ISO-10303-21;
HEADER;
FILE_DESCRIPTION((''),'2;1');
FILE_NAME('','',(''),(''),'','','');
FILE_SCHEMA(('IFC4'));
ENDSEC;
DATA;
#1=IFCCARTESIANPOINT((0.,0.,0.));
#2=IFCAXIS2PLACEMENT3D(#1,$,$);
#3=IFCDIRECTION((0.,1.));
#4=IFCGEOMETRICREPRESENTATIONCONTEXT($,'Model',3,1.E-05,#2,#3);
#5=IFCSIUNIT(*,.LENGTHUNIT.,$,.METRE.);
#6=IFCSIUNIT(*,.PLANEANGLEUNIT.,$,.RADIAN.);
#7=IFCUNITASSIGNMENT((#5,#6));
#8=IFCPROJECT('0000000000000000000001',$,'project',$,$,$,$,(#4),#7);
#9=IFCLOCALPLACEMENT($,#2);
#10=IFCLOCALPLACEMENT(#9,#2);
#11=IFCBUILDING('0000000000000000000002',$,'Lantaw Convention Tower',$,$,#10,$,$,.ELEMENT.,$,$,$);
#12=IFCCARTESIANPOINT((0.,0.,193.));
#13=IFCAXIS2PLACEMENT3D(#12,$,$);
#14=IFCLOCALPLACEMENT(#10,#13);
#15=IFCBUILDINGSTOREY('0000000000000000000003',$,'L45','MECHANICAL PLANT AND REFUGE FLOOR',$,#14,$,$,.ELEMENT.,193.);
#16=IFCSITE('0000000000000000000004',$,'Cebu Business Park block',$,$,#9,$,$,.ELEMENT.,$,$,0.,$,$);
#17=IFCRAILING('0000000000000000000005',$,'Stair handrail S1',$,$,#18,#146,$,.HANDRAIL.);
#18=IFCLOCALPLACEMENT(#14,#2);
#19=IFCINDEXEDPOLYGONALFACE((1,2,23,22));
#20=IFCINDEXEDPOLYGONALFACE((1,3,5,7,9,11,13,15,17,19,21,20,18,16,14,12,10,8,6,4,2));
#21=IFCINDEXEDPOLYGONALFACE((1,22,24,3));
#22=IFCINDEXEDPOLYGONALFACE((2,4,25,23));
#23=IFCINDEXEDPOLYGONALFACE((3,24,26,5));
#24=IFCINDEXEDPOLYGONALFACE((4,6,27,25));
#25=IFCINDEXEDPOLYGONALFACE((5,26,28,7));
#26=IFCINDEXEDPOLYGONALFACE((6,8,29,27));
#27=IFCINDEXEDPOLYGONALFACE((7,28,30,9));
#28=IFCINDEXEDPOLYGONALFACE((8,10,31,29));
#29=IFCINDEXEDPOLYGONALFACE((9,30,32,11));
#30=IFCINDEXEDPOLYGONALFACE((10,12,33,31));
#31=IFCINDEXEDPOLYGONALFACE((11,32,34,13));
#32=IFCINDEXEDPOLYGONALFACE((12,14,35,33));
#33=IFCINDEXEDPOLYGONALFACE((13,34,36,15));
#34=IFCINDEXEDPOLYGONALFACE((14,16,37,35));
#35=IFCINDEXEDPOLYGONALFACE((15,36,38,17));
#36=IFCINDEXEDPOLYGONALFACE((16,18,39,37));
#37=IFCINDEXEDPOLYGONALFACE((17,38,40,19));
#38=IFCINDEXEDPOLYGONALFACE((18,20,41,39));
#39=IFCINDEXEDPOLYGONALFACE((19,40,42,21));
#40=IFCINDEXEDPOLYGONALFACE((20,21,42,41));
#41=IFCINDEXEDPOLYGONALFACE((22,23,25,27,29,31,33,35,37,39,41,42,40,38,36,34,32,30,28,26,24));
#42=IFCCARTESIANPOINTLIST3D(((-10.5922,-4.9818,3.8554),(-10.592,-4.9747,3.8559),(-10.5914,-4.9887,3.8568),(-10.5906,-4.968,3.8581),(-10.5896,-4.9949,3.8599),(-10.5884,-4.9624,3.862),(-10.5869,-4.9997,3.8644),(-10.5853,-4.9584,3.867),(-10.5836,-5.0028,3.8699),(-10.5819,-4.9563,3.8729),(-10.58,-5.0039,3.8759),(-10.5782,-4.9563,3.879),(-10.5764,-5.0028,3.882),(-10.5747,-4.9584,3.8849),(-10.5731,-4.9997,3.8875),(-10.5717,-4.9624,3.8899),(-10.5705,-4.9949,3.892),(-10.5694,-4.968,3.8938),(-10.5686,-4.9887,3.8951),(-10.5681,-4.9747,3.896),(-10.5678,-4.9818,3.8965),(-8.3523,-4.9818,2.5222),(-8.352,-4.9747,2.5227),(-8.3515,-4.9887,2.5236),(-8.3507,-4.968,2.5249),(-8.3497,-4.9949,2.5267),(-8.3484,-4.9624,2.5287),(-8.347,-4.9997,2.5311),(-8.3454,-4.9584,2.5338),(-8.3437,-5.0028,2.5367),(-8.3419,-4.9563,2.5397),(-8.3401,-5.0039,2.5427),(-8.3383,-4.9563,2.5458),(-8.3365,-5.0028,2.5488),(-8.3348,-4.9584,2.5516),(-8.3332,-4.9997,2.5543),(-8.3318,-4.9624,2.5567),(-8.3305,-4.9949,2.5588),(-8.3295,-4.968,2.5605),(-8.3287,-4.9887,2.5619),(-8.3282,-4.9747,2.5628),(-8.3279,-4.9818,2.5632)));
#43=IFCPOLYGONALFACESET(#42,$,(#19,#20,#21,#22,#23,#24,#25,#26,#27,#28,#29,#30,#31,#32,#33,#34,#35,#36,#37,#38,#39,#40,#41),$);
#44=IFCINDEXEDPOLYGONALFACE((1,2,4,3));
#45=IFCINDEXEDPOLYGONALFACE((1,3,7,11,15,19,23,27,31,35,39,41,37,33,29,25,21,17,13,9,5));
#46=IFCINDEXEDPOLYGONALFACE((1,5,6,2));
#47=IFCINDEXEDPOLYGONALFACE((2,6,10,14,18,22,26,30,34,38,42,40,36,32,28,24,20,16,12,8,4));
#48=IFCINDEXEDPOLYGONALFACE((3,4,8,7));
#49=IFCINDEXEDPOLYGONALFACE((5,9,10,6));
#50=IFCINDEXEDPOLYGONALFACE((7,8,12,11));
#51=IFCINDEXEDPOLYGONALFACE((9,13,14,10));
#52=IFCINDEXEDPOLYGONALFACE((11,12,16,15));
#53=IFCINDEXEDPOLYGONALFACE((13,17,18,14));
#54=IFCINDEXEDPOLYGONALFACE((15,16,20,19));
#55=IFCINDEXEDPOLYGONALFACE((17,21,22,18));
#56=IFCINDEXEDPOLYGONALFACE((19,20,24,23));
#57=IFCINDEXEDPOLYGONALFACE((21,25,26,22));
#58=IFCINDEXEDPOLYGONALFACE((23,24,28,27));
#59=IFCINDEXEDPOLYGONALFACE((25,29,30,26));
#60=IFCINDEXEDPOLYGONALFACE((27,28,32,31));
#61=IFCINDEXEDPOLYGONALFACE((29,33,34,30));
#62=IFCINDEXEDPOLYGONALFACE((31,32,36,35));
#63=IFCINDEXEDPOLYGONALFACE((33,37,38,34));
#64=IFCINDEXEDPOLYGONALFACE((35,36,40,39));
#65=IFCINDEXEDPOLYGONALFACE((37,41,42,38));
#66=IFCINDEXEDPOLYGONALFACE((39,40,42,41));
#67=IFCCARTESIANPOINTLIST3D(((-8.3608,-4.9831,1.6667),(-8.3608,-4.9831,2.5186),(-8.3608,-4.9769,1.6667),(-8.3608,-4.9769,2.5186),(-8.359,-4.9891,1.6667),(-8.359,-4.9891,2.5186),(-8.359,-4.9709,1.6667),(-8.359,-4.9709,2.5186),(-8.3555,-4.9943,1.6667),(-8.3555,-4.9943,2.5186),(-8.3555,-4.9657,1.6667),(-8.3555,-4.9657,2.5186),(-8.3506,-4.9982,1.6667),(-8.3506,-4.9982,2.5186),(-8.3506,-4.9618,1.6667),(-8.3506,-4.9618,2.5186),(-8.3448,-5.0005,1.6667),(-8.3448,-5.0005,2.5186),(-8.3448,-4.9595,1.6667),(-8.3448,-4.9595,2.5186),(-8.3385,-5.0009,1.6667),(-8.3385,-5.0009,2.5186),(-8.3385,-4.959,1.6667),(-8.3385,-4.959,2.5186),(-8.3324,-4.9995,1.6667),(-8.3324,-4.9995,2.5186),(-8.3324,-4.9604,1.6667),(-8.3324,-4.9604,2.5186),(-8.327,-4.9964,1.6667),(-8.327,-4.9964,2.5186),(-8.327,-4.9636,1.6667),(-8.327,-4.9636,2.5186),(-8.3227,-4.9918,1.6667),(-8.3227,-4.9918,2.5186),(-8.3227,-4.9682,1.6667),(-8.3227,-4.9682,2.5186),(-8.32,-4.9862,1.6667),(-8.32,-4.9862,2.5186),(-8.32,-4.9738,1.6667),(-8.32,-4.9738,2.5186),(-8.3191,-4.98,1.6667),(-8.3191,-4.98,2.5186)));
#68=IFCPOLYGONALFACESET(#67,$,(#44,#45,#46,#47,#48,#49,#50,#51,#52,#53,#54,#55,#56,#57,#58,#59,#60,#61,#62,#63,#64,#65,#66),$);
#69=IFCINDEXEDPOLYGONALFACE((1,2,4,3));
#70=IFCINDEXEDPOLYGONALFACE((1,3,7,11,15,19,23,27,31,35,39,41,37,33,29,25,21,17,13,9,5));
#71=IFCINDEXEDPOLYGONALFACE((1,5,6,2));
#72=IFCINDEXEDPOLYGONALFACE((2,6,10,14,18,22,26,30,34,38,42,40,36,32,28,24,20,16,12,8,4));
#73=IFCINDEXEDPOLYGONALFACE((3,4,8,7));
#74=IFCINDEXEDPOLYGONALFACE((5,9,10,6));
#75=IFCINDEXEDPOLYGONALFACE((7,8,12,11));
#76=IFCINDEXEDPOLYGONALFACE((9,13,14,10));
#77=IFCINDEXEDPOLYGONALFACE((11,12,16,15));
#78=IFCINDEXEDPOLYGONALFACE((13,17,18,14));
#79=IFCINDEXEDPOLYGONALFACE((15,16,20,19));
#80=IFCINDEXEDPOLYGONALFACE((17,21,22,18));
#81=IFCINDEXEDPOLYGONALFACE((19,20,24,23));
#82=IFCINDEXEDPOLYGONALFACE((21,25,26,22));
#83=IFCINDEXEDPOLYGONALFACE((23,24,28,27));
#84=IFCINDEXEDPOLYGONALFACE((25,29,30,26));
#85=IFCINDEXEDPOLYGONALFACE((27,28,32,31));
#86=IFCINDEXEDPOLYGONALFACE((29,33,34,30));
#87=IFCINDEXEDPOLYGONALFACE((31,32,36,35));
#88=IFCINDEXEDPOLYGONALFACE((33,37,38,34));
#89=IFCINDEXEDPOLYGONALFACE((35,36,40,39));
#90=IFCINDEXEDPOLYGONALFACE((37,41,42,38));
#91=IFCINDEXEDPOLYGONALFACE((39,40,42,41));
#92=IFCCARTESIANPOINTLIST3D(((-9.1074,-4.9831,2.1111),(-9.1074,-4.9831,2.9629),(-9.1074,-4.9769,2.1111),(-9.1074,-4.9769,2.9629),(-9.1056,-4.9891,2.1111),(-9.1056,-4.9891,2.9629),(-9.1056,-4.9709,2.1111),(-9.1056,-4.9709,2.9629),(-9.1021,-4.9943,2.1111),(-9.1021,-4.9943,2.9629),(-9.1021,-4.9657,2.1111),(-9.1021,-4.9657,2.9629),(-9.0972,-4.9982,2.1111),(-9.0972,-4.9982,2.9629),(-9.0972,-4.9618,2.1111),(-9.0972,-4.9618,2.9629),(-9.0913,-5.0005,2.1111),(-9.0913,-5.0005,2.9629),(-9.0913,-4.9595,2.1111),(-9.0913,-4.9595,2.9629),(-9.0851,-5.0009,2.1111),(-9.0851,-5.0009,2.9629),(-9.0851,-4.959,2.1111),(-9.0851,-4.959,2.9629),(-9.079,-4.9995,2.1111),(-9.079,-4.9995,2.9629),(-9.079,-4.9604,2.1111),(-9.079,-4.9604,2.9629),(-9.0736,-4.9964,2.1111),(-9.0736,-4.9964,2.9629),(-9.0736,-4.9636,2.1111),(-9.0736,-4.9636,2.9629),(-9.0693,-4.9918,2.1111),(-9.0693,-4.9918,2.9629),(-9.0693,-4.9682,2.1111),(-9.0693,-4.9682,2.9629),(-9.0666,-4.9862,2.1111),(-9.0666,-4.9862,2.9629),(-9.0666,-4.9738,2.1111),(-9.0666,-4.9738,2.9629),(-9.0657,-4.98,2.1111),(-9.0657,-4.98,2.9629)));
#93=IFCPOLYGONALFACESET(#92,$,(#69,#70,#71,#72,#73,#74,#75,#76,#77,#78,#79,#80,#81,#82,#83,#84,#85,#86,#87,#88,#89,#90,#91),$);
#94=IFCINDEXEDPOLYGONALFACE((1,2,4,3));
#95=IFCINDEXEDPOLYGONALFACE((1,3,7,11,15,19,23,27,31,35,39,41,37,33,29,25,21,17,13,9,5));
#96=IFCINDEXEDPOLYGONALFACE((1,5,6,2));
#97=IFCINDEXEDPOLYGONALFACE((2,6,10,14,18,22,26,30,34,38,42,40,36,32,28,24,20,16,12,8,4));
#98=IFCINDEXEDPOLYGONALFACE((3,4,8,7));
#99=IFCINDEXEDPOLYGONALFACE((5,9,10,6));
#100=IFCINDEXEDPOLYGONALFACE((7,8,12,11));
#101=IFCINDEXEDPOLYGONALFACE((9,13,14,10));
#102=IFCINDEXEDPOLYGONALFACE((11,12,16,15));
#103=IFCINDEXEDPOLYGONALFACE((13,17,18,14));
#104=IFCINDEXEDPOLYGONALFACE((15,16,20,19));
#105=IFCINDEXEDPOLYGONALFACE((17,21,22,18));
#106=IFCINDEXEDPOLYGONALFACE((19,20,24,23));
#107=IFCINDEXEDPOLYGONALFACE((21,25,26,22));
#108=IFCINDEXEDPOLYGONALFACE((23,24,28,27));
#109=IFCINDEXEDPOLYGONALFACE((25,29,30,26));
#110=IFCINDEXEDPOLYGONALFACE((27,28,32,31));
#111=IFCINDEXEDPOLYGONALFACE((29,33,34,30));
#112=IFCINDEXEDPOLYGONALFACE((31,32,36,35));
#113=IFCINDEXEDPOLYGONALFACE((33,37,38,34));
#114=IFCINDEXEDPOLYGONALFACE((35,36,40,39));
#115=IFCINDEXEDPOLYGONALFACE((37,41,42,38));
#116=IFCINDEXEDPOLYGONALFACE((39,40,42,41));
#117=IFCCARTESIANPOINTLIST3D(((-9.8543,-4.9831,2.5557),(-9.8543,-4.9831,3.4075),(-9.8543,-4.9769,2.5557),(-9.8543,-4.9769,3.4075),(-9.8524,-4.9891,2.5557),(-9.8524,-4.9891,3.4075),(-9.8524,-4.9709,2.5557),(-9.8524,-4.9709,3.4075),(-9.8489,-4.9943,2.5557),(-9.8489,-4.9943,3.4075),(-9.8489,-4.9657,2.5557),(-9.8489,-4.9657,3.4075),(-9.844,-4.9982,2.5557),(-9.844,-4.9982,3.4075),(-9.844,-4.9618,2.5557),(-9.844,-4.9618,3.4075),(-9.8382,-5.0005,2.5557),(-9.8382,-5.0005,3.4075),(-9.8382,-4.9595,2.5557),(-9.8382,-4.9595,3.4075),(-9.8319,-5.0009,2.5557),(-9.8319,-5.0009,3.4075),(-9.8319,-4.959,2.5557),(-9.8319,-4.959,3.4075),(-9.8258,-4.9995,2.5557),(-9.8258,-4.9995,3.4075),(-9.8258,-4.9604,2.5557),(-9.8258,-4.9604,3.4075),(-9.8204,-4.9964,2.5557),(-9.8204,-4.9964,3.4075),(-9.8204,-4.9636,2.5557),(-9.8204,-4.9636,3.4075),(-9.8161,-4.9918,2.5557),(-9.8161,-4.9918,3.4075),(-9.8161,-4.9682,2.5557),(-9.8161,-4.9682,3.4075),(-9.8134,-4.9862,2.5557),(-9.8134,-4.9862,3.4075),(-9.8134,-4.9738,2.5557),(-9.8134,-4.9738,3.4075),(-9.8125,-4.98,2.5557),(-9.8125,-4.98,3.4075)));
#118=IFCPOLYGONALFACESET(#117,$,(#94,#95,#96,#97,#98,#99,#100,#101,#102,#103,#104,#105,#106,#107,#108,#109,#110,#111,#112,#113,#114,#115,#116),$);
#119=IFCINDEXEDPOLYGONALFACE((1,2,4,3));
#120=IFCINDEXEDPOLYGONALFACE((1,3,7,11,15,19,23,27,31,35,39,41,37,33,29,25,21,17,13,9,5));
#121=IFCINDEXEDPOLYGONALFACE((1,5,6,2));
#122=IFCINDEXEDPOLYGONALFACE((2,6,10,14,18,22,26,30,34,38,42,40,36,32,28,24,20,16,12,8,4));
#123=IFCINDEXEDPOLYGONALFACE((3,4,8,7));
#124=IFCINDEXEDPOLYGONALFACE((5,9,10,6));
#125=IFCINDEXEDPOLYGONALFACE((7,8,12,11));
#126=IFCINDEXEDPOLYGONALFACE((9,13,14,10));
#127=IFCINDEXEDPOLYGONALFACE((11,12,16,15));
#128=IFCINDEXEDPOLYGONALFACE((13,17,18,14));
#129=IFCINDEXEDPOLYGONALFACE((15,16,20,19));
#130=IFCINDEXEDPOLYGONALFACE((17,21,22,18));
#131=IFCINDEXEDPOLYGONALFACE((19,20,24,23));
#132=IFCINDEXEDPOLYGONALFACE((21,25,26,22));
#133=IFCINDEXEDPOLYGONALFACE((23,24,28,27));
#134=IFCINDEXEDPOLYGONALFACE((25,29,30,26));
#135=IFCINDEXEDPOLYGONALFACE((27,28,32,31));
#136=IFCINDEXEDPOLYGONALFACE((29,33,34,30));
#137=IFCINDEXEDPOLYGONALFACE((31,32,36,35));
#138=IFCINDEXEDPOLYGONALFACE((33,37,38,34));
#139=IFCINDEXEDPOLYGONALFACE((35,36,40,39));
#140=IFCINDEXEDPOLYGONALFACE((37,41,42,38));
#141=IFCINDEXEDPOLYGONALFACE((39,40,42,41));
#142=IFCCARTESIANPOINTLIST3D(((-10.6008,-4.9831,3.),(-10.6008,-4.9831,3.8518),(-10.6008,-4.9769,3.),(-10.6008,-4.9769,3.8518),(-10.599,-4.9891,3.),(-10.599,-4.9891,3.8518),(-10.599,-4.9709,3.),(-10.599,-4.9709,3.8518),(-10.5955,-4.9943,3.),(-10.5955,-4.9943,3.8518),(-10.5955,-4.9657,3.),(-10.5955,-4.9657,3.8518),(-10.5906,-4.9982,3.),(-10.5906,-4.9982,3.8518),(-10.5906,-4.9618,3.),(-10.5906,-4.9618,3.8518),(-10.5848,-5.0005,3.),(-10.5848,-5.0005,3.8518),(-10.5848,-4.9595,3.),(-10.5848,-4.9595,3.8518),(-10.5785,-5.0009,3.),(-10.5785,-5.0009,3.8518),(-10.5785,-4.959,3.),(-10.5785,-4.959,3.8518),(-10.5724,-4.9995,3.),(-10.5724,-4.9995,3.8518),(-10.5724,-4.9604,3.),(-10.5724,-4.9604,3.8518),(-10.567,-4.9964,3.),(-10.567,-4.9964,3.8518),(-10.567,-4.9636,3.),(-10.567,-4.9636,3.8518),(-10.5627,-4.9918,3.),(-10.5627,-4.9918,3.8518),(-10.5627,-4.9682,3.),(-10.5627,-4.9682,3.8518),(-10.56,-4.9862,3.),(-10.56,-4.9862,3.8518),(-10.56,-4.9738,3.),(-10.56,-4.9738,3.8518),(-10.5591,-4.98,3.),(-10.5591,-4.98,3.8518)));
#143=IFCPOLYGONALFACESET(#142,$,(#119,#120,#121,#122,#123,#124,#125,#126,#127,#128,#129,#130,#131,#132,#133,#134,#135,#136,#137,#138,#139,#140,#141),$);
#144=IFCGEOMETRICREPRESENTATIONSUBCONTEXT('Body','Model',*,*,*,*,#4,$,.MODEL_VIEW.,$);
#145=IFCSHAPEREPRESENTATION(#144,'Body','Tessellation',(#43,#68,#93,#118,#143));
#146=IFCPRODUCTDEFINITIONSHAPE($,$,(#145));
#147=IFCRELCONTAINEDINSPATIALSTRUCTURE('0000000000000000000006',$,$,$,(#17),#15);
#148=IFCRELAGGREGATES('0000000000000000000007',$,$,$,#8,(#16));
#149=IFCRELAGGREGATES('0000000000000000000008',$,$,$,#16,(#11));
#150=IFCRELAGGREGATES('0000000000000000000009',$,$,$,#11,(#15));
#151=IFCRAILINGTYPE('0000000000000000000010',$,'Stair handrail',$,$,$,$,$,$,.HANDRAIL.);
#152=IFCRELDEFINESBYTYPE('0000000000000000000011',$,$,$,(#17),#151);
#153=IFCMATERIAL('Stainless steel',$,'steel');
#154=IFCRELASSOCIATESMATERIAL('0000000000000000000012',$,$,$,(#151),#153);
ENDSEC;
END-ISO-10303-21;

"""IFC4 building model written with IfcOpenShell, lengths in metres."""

from ifc_helpers import new_model, si_unit, direction, frame, origin, origin_2d, place, context, subcontext, project, spatial, circle, extrude, material, type_object, element, save


model = new_model("IFC4")

# Units and contexts
model_context = context("Model", 3, precision=1e-05, world=origin(), true_north=direction((0.0, 1.0)))
body_context = subcontext(model_context, "Body", "Model", "MODEL_VIEW")
ifc_project = project(units=[si_unit("LENGTHUNIT", "METRE"), si_unit("PLANEANGLEUNIT", "RADIAN")], contexts=[model_context])

# Site, building, storey
site_placement = place(None, origin())
site = spatial("IfcSite", under=ifc_project, at=site_placement, Name="Cebu Business Park block", CompositionType="ELEMENT", RefElevation=0.0)
building_placement = place(site_placement, origin())
building = spatial("IfcBuilding", under=site, at=building_placement, Name="Lantaw Convention Tower", CompositionType="ELEMENT")
storey_placement = place(building_placement, frame((0.0, 0.0, 193.0)))
storey = spatial("IfcBuildingStorey", under=building, at=storey_placement, Name="L45", Description="MECHANICAL PLANT AND REFUGE FLOOR", CompositionType="ELEMENT", Elevation=193.0)

# Railing
ifc_material_1 = material(Name="Stainless steel", Category="steel")
railing_type = type_object("IfcRailingType", Name="Stair handrail", PredefinedType="HANDRAIL", material=ifc_material_1)
railing_1_placement = place(storey_placement, frame((-8.3401, -4.98, 1.6667)))
element("IfcRailing", 1, at=railing_1_placement, inside=storey, type_object=railing_type, Name="Stair handrail S1", PredefinedType="HANDRAIL", context=body_context, shape_type="SweptSolid", body=[
    extrude(circle(Radius=0.0239, at=origin_2d()), frame((0.0, 0.0, 0.876), z_axis=(-0.859306, 0.0, 0.511462), x_axis=(0.0, -1.0, 0.0)), (0.0, 0.0, 1.0), 2.6067),
    extrude(circle(Radius=0.021, at=origin_2d()), origin(), (0.0, 0.0, 1.0), 0.8518),
    extrude(circle(Radius=0.021, at=origin_2d()), frame((-0.7466, 0.0, 0.4443)), (0.0, 0.0, 1.0), 0.8518),
    extrude(circle(Radius=0.021, at=origin_2d()), frame((-1.4934, 0.0, 0.8889)), (0.0, 0.0, 1.0), 0.8518),
    extrude(circle(Radius=0.021, at=origin_2d()), frame((-2.24, 0.0, 1.3333)), (0.0, 0.0, 1.0), 0.8518),
])

save(model, "model.ifc")
